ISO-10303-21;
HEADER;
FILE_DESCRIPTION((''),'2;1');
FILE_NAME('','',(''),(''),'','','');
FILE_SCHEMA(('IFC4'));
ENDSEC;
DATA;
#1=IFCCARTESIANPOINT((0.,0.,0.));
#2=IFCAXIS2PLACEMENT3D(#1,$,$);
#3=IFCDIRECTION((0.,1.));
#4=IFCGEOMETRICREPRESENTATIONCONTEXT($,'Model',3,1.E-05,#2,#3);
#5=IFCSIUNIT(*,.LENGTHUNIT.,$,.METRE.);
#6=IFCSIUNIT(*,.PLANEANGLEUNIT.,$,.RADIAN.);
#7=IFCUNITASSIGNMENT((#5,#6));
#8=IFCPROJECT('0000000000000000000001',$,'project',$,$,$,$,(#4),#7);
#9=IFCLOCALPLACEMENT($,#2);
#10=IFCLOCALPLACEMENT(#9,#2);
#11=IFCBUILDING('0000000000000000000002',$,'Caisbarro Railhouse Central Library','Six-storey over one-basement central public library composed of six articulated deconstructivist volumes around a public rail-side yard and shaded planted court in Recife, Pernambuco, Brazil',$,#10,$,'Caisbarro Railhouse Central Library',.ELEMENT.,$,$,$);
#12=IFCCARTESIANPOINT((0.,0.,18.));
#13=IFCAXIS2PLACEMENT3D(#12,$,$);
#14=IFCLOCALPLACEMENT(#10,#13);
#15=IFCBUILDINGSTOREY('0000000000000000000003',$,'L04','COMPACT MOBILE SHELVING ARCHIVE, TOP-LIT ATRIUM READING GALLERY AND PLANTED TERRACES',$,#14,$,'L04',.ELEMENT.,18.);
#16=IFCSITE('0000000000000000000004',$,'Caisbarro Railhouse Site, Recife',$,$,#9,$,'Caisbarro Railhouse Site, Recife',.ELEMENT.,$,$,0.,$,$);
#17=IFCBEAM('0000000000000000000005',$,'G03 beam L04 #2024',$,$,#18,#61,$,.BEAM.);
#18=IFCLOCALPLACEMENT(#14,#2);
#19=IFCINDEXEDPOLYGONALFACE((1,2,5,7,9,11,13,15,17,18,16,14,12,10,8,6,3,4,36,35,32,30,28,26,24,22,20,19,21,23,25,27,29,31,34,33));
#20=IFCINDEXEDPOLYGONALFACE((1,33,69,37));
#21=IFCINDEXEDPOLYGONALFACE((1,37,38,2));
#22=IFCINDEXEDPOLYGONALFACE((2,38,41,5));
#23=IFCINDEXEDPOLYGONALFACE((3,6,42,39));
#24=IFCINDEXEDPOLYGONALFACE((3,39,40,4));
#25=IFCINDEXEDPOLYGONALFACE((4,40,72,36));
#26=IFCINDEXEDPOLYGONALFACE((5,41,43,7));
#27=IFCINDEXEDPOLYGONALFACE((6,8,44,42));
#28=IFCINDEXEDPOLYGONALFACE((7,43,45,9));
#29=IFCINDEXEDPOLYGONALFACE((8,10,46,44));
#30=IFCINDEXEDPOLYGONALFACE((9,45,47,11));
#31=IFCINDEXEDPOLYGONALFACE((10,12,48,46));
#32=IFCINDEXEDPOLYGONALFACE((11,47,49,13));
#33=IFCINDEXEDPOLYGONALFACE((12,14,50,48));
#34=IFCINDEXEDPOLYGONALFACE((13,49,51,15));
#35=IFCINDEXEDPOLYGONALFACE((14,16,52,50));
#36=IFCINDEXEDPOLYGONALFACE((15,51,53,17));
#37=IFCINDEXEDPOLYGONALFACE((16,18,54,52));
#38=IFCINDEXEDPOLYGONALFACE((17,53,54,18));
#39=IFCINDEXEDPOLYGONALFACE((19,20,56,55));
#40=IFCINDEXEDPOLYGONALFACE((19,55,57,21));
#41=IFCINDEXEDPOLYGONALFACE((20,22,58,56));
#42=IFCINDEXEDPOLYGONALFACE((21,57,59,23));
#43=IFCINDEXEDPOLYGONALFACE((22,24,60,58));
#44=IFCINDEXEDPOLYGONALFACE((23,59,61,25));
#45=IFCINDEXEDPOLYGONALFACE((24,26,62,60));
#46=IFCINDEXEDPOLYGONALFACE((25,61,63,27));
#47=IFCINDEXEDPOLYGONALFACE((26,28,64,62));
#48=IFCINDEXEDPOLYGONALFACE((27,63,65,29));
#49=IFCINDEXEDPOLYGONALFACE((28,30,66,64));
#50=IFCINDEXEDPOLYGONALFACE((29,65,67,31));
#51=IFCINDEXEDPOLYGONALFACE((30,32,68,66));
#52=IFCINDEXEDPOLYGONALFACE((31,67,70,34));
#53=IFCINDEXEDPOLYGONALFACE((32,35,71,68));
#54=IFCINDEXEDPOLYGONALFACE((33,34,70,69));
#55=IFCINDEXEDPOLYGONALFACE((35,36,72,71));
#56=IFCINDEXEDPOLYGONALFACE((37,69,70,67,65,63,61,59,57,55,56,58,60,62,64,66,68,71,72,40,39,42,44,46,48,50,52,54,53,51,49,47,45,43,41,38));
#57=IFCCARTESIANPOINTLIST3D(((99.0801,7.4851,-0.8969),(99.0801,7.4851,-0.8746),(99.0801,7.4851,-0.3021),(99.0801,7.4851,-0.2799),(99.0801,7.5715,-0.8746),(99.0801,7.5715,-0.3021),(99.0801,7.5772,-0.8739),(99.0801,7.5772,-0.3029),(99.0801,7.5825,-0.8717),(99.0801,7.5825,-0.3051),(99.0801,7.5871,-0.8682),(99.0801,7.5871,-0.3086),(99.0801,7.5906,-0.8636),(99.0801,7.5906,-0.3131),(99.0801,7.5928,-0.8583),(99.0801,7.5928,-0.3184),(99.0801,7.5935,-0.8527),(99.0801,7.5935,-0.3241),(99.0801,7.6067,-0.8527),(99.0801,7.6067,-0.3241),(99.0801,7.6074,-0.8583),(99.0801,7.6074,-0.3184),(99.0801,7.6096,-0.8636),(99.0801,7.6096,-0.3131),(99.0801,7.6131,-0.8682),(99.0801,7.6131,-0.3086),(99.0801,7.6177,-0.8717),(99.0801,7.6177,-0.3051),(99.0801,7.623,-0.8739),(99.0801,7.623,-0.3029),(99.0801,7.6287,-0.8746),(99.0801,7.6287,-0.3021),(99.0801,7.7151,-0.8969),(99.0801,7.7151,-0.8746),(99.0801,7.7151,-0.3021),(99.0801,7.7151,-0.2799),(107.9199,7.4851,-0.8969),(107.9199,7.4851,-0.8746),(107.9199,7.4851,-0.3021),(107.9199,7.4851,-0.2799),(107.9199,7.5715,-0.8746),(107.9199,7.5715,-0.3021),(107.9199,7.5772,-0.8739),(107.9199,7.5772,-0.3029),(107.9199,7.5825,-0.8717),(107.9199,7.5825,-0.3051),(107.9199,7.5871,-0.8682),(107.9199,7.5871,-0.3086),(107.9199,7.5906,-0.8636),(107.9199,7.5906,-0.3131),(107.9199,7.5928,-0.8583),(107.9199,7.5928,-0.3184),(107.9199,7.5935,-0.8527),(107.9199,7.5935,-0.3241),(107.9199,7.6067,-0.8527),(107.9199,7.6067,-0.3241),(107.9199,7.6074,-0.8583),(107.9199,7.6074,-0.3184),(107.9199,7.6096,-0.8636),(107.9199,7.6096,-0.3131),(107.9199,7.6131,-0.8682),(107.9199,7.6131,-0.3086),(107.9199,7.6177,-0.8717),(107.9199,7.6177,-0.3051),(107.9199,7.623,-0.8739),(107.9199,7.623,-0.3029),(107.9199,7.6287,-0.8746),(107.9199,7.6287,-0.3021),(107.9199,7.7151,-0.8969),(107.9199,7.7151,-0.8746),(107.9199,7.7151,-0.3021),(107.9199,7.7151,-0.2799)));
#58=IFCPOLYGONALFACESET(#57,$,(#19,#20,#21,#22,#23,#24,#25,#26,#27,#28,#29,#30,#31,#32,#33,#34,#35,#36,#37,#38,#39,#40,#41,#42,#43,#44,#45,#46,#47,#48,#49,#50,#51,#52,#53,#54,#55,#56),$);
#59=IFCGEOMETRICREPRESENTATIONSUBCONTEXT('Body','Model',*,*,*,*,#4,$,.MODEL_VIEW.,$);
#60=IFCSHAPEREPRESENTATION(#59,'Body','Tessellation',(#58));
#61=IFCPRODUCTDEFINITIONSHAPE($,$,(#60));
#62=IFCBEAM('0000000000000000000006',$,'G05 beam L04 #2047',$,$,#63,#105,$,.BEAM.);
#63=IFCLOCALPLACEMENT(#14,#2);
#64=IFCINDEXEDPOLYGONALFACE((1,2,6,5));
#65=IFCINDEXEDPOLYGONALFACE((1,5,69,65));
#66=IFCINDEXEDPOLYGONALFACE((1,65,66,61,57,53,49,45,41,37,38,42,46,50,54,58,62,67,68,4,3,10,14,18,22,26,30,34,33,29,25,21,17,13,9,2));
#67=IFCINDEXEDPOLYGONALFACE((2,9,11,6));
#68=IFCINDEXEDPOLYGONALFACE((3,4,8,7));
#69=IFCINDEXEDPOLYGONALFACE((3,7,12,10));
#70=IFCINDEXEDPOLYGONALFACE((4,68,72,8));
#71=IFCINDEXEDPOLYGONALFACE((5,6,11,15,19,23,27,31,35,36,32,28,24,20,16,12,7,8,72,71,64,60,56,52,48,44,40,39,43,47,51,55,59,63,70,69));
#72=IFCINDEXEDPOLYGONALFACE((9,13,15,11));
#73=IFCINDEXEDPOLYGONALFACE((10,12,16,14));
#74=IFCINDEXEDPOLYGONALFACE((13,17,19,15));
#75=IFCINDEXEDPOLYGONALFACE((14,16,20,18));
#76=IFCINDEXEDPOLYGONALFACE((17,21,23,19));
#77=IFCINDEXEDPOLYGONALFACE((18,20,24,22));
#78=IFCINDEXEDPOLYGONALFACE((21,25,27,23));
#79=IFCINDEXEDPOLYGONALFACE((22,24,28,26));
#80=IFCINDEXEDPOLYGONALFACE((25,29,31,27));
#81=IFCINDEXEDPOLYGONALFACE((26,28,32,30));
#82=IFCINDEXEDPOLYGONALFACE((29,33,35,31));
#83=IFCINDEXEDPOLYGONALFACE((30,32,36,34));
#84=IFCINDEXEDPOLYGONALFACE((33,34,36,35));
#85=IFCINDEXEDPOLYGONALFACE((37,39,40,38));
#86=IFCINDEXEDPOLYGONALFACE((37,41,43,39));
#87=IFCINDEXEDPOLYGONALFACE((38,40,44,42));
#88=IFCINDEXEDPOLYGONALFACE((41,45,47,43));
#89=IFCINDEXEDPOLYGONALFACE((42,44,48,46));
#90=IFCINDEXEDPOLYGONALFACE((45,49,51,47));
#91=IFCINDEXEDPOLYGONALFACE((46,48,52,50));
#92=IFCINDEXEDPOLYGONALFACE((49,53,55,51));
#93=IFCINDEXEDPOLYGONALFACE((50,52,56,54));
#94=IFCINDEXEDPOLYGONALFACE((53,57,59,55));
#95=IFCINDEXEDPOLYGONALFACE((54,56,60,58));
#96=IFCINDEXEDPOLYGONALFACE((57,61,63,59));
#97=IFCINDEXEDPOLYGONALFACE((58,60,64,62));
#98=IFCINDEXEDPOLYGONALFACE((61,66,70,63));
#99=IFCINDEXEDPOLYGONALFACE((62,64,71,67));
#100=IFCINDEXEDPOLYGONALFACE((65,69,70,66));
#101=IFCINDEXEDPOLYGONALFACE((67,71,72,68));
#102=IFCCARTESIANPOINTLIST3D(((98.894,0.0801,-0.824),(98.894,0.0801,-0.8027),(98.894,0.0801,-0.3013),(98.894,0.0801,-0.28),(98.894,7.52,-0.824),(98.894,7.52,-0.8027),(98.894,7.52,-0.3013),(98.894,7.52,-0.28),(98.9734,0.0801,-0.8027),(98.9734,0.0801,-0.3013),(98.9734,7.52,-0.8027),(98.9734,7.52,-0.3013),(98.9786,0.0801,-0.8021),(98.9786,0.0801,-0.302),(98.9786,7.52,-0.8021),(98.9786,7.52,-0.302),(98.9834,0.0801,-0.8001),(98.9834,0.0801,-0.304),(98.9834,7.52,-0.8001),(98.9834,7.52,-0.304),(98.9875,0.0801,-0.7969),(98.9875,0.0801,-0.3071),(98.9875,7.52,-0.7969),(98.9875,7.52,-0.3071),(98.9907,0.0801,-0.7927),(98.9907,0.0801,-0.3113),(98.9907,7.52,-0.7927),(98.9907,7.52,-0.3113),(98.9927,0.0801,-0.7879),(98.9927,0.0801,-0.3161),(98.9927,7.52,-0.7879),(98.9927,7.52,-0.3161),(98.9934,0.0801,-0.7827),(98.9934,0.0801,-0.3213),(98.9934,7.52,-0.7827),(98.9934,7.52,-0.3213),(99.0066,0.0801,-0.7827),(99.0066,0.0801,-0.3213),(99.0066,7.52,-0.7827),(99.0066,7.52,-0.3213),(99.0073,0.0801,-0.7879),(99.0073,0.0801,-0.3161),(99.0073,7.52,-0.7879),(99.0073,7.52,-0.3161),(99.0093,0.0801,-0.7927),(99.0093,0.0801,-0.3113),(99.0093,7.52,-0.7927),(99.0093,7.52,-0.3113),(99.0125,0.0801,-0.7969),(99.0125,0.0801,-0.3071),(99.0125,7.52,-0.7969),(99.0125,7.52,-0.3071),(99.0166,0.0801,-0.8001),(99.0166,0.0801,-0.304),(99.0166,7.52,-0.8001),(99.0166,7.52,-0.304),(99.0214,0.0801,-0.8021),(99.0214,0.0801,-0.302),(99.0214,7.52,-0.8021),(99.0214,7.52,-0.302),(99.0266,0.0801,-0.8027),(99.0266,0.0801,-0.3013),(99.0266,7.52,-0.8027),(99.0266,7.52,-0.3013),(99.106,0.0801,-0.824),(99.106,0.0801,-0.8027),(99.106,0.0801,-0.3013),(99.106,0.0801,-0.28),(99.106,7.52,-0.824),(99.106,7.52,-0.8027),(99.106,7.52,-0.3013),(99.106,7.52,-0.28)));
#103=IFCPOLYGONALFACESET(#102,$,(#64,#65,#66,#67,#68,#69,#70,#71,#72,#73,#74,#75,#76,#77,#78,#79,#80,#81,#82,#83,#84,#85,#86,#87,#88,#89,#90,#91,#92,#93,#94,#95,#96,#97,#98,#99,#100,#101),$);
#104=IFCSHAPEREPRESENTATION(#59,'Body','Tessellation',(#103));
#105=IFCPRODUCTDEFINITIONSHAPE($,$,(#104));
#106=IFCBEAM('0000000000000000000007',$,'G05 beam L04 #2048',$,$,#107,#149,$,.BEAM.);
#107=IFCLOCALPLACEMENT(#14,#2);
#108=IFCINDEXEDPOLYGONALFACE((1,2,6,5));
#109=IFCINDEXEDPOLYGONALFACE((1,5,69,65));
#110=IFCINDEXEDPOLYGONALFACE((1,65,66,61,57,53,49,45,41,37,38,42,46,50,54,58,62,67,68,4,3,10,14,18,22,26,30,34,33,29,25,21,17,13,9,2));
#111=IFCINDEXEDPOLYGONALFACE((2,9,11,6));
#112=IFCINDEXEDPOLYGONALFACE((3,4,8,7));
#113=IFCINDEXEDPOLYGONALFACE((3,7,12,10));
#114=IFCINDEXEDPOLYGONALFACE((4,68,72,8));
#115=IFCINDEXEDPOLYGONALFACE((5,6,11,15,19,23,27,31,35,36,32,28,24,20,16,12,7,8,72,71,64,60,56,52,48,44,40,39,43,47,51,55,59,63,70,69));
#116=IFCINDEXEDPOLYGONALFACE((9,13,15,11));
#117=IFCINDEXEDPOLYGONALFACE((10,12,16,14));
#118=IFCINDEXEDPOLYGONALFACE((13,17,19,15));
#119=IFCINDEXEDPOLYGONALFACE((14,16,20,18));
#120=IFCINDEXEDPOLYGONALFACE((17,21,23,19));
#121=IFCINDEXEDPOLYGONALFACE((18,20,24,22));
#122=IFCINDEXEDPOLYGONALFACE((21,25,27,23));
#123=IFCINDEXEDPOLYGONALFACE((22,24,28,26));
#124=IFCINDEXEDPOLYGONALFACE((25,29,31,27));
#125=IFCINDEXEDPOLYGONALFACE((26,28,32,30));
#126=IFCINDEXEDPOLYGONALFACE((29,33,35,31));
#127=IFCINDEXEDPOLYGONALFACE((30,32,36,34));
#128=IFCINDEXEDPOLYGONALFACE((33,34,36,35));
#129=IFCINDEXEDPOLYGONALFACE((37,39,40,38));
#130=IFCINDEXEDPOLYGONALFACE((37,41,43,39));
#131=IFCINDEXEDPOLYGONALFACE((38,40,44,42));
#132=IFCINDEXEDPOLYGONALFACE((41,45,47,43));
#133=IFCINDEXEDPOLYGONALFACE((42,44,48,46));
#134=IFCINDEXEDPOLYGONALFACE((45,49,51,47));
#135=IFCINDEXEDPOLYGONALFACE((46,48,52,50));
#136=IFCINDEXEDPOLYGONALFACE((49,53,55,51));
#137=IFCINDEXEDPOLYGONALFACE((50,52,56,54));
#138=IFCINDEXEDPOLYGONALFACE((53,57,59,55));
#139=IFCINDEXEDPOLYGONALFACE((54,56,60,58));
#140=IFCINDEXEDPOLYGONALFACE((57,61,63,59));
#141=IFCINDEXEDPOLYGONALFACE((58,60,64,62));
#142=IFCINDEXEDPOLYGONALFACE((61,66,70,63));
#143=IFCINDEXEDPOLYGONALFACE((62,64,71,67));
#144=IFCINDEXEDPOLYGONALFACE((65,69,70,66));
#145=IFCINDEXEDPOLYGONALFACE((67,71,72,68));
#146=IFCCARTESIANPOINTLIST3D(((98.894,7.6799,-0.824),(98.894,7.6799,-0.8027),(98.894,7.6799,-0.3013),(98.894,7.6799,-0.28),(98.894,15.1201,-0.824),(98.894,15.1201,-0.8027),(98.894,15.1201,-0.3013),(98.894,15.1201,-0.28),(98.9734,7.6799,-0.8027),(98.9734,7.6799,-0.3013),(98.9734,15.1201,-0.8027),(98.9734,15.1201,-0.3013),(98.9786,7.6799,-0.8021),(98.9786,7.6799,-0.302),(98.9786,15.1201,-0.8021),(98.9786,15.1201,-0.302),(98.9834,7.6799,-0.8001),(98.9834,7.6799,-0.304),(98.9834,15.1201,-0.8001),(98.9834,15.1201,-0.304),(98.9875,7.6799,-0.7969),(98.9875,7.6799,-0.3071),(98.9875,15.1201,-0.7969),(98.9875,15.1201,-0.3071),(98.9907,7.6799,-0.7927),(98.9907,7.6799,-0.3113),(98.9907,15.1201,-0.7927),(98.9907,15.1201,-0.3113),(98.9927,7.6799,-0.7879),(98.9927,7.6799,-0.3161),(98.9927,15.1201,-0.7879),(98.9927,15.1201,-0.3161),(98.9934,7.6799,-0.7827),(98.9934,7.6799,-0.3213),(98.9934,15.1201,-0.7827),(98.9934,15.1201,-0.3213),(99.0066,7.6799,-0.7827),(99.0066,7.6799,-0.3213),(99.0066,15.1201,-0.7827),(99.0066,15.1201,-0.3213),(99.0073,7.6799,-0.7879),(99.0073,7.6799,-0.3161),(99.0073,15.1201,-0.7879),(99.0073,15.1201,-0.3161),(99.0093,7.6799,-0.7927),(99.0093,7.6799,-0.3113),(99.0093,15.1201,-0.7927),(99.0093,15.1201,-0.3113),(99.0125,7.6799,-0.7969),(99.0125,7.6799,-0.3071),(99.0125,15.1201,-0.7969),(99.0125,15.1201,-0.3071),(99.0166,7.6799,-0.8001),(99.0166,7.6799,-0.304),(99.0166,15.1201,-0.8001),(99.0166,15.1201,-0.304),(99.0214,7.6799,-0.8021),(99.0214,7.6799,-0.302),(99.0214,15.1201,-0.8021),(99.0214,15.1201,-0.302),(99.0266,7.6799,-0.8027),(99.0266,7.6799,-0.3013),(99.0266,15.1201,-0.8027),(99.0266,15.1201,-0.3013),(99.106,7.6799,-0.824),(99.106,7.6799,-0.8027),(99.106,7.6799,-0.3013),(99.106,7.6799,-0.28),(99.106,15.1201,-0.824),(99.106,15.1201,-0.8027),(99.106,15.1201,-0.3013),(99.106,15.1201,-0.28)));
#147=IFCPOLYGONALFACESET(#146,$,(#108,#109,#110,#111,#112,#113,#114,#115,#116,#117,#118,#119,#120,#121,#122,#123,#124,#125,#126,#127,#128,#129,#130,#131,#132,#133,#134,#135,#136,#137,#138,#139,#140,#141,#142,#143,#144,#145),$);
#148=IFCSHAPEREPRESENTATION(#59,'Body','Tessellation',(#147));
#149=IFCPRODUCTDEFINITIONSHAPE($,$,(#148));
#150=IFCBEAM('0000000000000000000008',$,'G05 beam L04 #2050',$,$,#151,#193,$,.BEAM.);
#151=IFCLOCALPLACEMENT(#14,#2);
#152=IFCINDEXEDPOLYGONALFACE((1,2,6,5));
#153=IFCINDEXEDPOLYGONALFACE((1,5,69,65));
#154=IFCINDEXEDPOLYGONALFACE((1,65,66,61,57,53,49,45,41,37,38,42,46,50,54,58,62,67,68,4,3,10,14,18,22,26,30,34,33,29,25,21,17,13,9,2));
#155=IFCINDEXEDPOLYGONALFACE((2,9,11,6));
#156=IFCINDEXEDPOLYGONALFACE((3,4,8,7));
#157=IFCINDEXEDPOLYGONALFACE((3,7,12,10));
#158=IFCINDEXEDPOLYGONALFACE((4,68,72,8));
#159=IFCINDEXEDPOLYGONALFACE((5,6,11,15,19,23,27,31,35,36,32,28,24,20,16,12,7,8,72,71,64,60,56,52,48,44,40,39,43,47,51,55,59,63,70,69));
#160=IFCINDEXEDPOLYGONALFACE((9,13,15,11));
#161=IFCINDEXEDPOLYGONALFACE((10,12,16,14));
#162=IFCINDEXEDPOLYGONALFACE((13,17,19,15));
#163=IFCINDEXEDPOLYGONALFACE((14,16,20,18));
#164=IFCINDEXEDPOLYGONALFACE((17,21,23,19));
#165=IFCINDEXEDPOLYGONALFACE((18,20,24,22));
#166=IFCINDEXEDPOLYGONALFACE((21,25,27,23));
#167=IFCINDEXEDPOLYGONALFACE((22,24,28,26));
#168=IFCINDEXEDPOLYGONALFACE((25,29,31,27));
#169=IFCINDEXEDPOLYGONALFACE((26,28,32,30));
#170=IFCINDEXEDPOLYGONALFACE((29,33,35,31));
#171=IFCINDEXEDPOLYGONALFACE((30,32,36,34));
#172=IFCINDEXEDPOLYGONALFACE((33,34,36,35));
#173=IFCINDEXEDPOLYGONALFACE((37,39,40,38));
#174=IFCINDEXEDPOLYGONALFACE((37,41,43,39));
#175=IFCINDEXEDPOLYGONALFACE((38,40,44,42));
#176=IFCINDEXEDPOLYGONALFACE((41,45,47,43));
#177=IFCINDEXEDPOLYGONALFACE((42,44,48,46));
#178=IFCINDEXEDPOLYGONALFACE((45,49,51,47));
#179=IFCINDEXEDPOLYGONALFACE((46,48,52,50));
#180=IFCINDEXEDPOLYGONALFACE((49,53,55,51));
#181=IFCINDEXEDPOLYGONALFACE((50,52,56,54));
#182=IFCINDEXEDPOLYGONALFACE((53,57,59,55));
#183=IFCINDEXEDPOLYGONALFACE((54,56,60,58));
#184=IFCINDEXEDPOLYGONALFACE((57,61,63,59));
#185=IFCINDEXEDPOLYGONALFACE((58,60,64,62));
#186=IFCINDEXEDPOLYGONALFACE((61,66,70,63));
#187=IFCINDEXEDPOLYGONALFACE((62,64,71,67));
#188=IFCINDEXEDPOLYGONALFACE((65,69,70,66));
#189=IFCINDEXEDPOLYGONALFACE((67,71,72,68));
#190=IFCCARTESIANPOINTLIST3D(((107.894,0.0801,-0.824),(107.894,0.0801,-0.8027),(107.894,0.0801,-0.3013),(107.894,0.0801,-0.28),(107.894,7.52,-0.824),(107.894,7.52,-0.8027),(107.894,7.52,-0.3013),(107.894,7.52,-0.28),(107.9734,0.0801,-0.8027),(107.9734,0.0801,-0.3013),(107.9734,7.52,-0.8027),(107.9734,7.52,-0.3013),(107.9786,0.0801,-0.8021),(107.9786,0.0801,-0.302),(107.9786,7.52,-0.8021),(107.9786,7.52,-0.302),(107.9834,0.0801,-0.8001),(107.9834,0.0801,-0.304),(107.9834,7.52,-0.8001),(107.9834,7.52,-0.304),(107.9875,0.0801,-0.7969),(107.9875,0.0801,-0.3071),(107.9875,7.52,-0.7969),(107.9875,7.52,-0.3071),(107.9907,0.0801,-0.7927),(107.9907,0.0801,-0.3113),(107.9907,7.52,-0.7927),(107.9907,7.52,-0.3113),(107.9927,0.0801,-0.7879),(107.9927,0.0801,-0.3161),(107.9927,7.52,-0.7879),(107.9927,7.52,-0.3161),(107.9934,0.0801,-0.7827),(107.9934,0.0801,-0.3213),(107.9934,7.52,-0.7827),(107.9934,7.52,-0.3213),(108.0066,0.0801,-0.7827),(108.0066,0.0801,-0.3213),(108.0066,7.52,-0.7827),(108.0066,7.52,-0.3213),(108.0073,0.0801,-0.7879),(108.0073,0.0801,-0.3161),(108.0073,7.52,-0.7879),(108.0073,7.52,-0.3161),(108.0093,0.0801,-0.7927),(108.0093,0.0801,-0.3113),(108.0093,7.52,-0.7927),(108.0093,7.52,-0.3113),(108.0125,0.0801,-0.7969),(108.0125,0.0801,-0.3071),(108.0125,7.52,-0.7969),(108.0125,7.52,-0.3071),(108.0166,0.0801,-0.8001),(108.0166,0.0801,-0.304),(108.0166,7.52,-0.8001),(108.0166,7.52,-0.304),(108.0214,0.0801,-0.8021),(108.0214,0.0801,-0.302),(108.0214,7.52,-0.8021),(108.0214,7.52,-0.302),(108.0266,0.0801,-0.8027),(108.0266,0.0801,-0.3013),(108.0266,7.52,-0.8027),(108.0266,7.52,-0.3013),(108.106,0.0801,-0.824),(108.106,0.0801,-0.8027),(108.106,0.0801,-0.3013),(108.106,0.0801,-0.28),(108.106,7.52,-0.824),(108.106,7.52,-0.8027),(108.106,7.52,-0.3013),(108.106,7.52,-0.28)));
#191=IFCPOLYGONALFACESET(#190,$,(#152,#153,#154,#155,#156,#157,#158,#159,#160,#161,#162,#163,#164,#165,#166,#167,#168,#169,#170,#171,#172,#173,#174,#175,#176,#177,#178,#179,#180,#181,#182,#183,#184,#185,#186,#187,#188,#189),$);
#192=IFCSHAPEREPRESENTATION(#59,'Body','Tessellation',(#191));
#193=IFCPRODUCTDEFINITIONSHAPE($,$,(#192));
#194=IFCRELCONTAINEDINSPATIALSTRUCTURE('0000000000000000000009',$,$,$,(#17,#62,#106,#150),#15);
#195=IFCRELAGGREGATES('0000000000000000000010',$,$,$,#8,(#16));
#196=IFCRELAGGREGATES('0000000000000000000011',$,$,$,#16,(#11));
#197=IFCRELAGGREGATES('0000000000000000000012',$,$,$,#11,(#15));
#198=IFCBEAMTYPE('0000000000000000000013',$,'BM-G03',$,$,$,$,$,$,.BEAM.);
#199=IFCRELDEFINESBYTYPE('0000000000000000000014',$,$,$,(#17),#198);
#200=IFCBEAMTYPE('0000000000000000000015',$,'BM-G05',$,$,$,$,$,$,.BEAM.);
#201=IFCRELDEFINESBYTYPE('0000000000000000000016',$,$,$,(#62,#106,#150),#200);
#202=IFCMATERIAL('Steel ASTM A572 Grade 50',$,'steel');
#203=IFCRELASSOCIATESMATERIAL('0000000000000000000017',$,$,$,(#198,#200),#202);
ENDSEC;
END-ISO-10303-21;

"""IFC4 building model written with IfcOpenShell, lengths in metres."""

from ifc_helpers import new_model, si_unit, direction, frame, origin, origin_2d, place, context, subcontext, project, spatial, i_section, extrude, material, material_profile, profile_set, type_object, element, save


model = new_model("IFC4")

# Units and contexts
model_context = context("Model", 3, precision=1e-05, world=origin(), true_north=direction((0.0, 1.0)))
body_context = subcontext(model_context, "Body", "Model", "MODEL_VIEW")
ifc_project = project(units=[si_unit("LENGTHUNIT", "METRE"), si_unit("PLANEANGLEUNIT", "RADIAN")], contexts=[model_context])

# Site, building, storey
site_placement = place(None, origin())
site = spatial("IfcSite", under=ifc_project, at=site_placement, Name="Caisbarro Railhouse Site, Recife", LongName="Caisbarro Railhouse Site, Recife", CompositionType="ELEMENT", RefElevation=0.0)
building_placement = place(site_placement, origin())
building = spatial("IfcBuilding", under=site, at=building_placement, Name="Caisbarro Railhouse Central Library", Description="Six-storey over one-basement central public library composed of six articulated deconstructivist volumes around a public rail-side yard and shaded planted court in Recife, Pernambuco, Brazil", LongName="Caisbarro Railhouse Central Library", CompositionType="ELEMENT")
storey_placement = place(building_placement, frame((0.0, 0.0, 18.0)))
storey = spatial("IfcBuildingStorey", under=building, at=storey_placement, Name="L04", Description="COMPACT MOBILE SHELVING ARCHIVE, TOP-LIT ATRIUM READING GALLERY AND PLANTED TERRACES", LongName="L04", CompositionType="ELEMENT", Elevation=18.0)

# Shared definitions
ifc_material_1 = material(Name="Steel ASTM A572 Grade 50", Category="steel")

# Beams
ifc_material_profile_1 = material_profile(ifc_material_1, i_section(OverallWidth=0.23, OverallDepth=0.6169, WebThickness=0.0132, FlangeThickness=0.0222, FilletRadius=0.022, at=origin_2d()), Name="W610X140.0")
ifc_profile_set_1 = profile_set([ifc_material_profile_1], Name="Steel ASTM A572 Grade 50")
beam_type_1 = type_object("IfcBeamType", Name="BM-G03", PredefinedType="BEAM", material=ifc_profile_set_1)
beam_1_placement = place(storey_placement, frame((99.0801, 7.6001, -0.5884), z_axis=(1.0, 0.0, 0.0), x_axis=(0.0, 1.0, 0.0)))
element("IfcBeam", 1, at=beam_1_placement, inside=storey, type_object=beam_type_1, Name="G03 beam L04 #2024", PredefinedType="BEAM", context=body_context, shape_type="SweptSolid", body=[
    extrude(i_section(OverallWidth=0.23, OverallDepth=0.6169, WebThickness=0.0132, FlangeThickness=0.0222, FilletRadius=0.022, at=origin_2d()), origin(), (0.0, 0.0, 1.0), 8.8398),
])
ifc_material_profile_2 = material_profile(ifc_material_1, i_section(OverallWidth=0.2119, OverallDepth=0.5439, WebThickness=0.0132, FlangeThickness=0.0212, FilletRadius=0.02, at=origin_2d()), Name="W530X123.0")
ifc_profile_set_2 = profile_set([ifc_material_profile_2], Name="Steel ASTM A572 Grade 50")
beam_type_2 = type_object("IfcBeamType", Name="BM-G05", PredefinedType="BEAM", material=ifc_profile_set_2)
beam_2_placement = place(storey_placement, frame((99.0, 0.0801, -0.552), z_axis=(0.0, 1.0, 0.0), x_axis=(-1.0, 0.0, 0.0)))
element("IfcBeam", 2, at=beam_2_placement, inside=storey, type_object=beam_type_2, Name="G05 beam L04 #2047", PredefinedType="BEAM", context=body_context, shape_type="SweptSolid", body=[
    extrude(i_section(OverallWidth=0.2119, OverallDepth=0.5439, WebThickness=0.0132, FlangeThickness=0.0212, FilletRadius=0.02, at=origin_2d()), origin(), (0.0, 0.0, 1.0), 7.4399),
])
beam_3_placement = place(storey_placement, frame((99.0, 7.6799, -0.552), z_axis=(0.0, 1.0, 0.0), x_axis=(-1.0, 0.0, 0.0)))
element("IfcBeam", 3, at=beam_3_placement, inside=storey, type_object=beam_type_2, Name="G05 beam L04 #2048", PredefinedType="BEAM", context=body_context, shape_type="SweptSolid", body=[
    extrude(i_section(OverallWidth=0.2119, OverallDepth=0.5439, WebThickness=0.0132, FlangeThickness=0.0212, FilletRadius=0.02, at=origin_2d()), origin(), (0.0, 0.0, 1.0), 7.4402),
])
beam_4_placement = place(storey_placement, frame((108.0, 0.0801, -0.552), z_axis=(0.0, 1.0, 0.0), x_axis=(-1.0, 0.0, 0.0)))
element("IfcBeam", 4, at=beam_4_placement, inside=storey, type_object=beam_type_2, Name="G05 beam L04 #2050", PredefinedType="BEAM", context=body_context, shape_type="SweptSolid", body=[
    extrude(i_section(OverallWidth=0.2119, OverallDepth=0.5439, WebThickness=0.0132, FlangeThickness=0.0212, FilletRadius=0.02, at=origin_2d()), origin(), (0.0, 0.0, 1.0), 7.4399),
])

save(model, "model.ifc")
